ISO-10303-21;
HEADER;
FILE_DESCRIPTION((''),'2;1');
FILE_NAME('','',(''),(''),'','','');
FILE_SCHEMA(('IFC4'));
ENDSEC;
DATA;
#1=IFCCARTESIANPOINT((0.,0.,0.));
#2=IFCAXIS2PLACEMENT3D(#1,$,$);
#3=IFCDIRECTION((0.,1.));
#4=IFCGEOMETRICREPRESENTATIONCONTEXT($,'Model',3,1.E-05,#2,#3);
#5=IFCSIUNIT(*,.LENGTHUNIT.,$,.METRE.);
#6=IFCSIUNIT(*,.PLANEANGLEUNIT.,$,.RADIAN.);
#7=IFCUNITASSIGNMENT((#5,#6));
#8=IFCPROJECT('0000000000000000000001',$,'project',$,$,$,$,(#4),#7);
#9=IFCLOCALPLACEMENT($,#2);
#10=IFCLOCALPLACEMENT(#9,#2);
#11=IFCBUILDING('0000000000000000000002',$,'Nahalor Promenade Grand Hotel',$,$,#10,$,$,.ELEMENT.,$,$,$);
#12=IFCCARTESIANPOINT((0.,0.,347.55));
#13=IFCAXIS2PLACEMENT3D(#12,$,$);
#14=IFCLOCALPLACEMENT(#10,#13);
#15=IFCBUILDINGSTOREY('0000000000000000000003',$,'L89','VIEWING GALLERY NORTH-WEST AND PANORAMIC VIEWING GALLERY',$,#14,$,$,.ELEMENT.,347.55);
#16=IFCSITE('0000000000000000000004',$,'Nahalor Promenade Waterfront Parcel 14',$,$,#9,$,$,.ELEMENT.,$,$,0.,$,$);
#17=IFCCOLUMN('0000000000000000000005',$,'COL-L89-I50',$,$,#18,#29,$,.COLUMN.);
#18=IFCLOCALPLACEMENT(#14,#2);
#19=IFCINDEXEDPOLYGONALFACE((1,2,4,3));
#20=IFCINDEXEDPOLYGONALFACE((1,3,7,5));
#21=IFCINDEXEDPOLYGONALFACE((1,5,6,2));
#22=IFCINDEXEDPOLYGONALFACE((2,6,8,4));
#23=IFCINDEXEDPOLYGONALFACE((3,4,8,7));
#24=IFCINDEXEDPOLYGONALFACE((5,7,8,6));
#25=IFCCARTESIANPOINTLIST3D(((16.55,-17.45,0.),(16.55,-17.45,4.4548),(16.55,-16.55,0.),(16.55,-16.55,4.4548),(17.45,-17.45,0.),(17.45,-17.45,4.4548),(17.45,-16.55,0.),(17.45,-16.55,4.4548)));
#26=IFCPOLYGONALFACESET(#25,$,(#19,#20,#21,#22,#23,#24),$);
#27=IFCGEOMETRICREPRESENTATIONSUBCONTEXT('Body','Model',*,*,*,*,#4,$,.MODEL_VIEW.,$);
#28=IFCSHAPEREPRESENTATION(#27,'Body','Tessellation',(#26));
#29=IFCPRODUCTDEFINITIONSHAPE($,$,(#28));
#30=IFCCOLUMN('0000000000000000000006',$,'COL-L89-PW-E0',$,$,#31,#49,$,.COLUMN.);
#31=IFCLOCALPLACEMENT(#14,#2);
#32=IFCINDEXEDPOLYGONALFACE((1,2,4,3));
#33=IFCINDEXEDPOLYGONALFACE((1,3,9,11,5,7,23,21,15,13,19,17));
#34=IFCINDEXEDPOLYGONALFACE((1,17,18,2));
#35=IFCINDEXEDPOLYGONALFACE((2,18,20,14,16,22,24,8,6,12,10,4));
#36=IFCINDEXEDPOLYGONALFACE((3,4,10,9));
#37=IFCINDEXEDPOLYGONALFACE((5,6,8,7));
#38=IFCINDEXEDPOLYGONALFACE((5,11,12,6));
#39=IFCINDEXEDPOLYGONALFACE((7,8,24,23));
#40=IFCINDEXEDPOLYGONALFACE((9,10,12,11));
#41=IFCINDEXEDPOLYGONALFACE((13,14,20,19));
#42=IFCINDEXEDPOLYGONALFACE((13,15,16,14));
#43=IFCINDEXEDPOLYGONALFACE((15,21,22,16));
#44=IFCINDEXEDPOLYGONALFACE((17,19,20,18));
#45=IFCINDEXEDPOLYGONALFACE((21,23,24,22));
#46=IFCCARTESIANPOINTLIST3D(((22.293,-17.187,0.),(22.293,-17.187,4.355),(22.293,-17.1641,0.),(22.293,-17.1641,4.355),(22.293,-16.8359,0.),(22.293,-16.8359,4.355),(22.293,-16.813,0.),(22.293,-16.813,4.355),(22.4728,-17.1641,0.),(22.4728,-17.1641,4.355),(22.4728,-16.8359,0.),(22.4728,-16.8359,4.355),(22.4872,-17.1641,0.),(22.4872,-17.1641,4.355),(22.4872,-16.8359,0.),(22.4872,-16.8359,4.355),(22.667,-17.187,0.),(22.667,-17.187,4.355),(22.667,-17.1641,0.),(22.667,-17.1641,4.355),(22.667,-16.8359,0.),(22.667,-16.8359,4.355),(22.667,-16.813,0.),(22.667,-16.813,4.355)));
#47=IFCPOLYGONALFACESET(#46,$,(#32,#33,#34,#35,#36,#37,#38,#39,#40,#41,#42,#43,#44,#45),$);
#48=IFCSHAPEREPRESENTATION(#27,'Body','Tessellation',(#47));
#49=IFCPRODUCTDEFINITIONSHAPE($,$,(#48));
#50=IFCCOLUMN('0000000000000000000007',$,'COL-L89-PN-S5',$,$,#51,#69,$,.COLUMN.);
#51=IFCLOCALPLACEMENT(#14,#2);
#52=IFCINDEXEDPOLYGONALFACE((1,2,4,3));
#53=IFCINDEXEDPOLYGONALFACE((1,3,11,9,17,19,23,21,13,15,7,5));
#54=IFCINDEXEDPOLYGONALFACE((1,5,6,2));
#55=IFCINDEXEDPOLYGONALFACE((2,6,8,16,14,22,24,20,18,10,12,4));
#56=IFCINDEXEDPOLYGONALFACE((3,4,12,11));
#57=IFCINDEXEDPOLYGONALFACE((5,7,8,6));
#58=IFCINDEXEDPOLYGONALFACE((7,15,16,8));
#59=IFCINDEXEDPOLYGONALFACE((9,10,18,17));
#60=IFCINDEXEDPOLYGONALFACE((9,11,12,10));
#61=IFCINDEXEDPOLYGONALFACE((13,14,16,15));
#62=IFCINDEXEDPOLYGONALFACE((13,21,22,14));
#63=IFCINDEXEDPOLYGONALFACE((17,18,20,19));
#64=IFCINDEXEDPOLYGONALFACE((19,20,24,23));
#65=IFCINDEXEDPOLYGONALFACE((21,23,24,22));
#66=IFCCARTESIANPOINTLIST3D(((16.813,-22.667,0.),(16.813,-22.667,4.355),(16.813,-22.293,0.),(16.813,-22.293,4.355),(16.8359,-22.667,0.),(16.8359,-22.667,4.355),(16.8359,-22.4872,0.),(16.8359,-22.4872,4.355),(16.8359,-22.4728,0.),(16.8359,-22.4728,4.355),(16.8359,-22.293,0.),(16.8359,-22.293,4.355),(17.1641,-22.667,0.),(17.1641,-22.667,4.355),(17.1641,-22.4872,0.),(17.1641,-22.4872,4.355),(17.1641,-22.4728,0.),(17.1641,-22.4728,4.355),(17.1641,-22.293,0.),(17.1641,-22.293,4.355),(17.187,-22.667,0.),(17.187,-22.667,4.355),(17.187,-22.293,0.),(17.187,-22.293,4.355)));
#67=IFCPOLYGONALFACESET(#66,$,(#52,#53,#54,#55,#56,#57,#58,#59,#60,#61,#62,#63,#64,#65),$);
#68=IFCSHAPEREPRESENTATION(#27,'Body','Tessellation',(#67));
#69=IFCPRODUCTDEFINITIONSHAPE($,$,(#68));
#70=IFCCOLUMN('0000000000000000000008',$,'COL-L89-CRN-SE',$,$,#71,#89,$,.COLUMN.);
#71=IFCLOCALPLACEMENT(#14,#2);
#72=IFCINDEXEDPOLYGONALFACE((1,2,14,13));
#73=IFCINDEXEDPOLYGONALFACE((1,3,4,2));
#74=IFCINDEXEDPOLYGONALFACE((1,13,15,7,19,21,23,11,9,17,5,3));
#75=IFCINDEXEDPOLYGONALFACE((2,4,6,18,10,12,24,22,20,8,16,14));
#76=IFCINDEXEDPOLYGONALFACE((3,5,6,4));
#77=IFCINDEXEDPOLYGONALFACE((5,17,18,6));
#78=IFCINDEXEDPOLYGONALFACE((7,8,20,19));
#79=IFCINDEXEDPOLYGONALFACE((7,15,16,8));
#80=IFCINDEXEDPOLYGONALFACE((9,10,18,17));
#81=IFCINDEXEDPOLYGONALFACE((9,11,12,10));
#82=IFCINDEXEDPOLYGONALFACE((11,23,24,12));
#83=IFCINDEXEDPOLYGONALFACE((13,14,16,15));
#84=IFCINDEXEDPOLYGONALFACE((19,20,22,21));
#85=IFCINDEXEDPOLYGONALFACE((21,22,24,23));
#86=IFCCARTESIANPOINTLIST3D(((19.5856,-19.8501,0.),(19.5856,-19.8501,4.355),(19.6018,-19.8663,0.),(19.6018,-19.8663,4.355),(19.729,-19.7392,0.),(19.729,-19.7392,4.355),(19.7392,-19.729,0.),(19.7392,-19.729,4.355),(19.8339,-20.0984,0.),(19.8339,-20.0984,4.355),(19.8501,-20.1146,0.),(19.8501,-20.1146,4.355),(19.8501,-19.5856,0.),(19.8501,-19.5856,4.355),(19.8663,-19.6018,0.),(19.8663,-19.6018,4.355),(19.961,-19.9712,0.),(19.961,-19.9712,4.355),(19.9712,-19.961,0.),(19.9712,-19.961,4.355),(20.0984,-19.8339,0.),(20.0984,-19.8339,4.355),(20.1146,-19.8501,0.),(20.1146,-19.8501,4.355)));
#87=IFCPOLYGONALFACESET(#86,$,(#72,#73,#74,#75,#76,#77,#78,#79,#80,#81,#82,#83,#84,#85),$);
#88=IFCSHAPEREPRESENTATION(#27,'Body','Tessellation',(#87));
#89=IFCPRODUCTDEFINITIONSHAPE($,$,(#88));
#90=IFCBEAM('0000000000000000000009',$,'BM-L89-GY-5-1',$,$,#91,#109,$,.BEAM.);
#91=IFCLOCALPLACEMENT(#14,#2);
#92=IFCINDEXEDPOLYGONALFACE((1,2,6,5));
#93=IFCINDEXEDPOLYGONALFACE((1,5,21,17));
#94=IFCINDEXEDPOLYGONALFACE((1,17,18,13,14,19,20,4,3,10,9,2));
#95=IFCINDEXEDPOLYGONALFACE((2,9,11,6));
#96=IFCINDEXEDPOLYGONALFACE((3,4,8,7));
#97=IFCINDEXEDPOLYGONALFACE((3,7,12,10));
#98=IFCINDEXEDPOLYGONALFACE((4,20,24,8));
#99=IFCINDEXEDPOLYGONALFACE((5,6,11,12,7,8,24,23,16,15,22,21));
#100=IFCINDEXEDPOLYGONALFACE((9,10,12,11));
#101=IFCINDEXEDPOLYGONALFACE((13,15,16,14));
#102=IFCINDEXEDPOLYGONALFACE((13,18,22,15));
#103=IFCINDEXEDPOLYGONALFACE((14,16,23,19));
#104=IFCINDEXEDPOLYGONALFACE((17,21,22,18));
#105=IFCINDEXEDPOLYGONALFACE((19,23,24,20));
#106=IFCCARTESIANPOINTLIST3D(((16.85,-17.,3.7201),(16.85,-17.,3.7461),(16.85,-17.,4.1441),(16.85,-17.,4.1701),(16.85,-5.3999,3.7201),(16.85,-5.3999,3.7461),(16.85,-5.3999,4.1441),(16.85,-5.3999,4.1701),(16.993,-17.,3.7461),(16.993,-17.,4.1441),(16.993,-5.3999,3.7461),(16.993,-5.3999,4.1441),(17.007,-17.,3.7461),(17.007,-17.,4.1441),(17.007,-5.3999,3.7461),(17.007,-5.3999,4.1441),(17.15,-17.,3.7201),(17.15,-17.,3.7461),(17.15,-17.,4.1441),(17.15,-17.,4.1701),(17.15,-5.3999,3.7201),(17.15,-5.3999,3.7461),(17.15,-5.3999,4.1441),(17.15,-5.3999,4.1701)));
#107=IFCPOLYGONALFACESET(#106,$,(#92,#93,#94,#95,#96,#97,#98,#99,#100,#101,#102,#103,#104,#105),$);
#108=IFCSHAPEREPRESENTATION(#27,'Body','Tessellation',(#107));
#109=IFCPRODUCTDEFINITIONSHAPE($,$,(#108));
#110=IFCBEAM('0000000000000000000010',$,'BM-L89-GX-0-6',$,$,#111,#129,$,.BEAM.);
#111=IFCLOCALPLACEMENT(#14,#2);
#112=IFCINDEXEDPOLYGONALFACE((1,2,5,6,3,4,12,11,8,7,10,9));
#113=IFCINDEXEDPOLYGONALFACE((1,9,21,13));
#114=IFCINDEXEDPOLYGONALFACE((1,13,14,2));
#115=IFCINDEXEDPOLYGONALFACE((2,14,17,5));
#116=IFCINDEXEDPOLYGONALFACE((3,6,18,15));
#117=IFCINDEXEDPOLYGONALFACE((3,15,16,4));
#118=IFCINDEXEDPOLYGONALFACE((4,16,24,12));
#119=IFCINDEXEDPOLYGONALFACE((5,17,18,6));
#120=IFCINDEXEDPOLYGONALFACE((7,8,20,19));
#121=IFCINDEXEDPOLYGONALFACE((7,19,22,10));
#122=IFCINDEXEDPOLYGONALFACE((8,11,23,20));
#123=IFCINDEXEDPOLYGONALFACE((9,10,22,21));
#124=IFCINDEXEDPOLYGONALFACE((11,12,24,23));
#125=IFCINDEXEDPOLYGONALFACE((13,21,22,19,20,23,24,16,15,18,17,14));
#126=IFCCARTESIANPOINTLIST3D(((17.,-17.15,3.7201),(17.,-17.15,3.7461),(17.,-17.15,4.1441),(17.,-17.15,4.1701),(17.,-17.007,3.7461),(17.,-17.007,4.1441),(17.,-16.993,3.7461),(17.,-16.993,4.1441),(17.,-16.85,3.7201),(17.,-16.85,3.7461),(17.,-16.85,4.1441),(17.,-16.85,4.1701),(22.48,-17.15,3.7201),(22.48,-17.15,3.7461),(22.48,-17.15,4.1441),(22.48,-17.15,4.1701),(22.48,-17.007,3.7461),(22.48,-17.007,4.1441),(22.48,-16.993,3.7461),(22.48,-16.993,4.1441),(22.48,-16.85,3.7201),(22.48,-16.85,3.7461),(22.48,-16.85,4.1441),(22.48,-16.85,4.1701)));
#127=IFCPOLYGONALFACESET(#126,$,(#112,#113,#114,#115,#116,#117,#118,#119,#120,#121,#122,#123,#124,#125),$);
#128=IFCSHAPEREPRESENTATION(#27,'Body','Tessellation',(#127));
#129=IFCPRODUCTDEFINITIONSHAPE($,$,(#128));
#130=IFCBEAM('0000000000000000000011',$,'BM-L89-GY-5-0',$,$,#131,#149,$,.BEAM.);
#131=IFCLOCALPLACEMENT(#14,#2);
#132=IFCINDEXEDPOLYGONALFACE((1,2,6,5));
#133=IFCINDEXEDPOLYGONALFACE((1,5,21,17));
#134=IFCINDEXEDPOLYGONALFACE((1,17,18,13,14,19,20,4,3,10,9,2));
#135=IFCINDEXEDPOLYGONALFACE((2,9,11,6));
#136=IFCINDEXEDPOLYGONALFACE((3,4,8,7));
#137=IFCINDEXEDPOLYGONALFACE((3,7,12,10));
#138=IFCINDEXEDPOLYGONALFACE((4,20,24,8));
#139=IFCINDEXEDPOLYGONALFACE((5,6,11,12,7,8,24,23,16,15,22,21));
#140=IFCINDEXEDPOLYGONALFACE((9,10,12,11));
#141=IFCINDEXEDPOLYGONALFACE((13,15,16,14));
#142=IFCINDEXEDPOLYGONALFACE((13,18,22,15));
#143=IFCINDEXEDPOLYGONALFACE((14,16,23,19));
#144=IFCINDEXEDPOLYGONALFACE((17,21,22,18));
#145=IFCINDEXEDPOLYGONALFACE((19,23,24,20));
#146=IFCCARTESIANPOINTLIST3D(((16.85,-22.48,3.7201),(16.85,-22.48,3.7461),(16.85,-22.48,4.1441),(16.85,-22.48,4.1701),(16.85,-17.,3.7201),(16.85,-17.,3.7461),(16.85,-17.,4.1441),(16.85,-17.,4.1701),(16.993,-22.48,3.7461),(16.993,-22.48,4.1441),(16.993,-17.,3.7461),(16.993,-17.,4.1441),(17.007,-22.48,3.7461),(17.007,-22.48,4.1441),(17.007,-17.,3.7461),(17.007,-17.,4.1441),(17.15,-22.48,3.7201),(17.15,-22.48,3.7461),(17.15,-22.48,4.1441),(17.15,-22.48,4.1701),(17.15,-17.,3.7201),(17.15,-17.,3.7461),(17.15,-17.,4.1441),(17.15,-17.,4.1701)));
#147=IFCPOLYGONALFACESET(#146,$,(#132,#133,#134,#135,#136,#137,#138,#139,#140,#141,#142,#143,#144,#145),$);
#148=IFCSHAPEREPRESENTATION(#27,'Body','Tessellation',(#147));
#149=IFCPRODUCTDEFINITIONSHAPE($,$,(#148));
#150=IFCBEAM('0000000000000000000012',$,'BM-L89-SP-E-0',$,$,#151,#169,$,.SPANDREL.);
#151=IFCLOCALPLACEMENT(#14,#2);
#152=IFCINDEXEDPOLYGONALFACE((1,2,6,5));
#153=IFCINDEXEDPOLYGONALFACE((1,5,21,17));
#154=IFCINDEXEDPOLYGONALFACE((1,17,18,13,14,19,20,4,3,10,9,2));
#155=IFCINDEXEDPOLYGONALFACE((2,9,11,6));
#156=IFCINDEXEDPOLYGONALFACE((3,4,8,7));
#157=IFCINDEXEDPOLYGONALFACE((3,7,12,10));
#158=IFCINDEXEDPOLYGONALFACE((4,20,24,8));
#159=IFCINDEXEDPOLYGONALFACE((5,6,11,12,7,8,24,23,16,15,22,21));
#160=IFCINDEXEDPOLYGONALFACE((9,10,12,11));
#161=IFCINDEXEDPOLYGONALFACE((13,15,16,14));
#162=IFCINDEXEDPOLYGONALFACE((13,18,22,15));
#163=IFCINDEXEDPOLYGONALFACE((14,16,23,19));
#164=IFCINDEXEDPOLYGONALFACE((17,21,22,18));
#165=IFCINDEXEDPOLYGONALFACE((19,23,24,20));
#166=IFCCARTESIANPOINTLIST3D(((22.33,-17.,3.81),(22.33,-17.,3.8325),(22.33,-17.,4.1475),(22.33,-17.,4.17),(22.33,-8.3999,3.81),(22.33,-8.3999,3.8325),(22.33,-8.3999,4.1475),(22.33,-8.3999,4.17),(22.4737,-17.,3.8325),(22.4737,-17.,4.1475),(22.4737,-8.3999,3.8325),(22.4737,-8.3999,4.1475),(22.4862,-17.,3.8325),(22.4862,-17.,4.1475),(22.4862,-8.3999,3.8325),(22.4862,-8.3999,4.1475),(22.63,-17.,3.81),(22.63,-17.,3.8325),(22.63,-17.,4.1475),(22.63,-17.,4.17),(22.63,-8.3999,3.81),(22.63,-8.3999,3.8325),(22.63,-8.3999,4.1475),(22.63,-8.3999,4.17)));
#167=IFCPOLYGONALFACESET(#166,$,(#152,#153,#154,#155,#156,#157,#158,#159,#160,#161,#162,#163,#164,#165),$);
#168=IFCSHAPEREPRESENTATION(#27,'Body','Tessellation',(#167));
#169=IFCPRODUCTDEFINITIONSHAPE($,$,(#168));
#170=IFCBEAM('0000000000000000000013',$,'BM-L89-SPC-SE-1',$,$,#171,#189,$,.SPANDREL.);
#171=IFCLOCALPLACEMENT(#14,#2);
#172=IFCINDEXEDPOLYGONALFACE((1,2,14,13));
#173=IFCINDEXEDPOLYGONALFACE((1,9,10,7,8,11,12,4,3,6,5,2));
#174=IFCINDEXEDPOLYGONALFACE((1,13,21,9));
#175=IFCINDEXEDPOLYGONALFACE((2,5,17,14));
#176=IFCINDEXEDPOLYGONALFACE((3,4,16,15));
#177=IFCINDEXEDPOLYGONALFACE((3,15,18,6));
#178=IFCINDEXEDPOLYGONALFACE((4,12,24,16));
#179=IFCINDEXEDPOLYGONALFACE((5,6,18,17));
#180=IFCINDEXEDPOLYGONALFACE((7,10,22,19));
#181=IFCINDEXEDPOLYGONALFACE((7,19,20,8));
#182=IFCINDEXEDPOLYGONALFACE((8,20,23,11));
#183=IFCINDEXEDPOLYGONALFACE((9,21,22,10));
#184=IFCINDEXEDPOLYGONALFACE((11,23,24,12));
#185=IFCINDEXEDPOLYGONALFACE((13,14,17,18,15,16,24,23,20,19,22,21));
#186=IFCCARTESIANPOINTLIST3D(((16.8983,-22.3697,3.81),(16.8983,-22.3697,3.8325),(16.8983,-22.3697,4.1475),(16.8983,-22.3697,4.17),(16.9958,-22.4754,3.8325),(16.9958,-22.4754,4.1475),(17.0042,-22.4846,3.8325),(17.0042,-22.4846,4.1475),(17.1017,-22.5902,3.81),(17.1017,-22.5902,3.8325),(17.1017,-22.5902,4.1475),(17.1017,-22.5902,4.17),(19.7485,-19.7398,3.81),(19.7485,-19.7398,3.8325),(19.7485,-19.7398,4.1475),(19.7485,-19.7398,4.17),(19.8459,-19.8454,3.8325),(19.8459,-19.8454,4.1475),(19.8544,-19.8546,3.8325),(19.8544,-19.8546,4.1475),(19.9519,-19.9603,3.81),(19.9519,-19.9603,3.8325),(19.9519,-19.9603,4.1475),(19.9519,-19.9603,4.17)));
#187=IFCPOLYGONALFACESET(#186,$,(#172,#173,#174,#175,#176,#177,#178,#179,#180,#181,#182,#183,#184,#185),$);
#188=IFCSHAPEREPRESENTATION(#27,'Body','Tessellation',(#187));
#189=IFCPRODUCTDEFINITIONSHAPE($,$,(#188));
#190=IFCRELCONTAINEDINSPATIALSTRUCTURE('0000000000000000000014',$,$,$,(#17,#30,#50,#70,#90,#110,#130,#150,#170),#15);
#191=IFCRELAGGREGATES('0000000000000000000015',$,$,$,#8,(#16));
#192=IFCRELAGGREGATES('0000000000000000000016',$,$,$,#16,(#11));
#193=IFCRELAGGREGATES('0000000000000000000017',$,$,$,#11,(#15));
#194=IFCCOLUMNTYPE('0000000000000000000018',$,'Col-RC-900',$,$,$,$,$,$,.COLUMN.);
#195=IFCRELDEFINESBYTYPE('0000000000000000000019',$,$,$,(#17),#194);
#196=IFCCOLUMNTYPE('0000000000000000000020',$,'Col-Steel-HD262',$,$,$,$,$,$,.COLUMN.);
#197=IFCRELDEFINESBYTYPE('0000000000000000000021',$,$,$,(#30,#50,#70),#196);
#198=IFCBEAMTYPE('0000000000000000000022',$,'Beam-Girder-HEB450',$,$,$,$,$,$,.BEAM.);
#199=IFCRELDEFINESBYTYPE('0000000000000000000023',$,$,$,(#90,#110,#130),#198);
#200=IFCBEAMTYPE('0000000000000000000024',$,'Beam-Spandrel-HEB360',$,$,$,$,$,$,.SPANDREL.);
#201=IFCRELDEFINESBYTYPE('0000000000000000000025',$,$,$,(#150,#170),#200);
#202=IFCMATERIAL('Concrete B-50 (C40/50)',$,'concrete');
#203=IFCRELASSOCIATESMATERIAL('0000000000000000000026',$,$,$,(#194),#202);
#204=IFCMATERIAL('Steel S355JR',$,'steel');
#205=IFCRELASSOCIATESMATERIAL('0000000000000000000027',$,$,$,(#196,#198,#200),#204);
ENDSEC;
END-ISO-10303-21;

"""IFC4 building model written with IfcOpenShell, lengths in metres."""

from ifc_helpers import new_model, si_unit, direction, frame, origin, origin_2d, place, context, subcontext, project, spatial, rectangle, i_section, extrude, source, transform, mapped, material, material_profile, profile_set, type_object, element, save


model = new_model("IFC4")

# Units and contexts
model_context = context("Model", 3, precision=1e-05, world=origin(), true_north=direction((0.0, 1.0)))
body_context = subcontext(model_context, "Body", "Model", "MODEL_VIEW")
ifc_project = project(units=[si_unit("LENGTHUNIT", "METRE"), si_unit("PLANEANGLEUNIT", "RADIAN")], contexts=[model_context])

# Site, building, storey
site_placement = place(None, origin())
site = spatial("IfcSite", under=ifc_project, at=site_placement, Name="Nahalor Promenade Waterfront Parcel 14", CompositionType="ELEMENT", RefElevation=0.0)
building_placement = place(site_placement, origin())
building = spatial("IfcBuilding", under=site, at=building_placement, Name="Nahalor Promenade Grand Hotel", CompositionType="ELEMENT")
storey_placement = place(building_placement, frame((0.0, 0.0, 347.55)))
storey = spatial("IfcBuildingStorey", under=building, at=storey_placement, Name="L89", Description="VIEWING GALLERY NORTH-WEST AND PANORAMIC VIEWING GALLERY", CompositionType="ELEMENT", Elevation=347.55)

# Columns
ifc_material_1 = material(Name="Concrete B-50 (C40/50)", Category="concrete")
ifc_material_profile_1 = material_profile(ifc_material_1, rectangle(XDim=0.9, YDim=0.9, at=origin_2d()), Name="RC 900x900")
ifc_profile_set_1 = profile_set([ifc_material_profile_1], Name="Concrete B-50 (C40/50)")
column_type_1 = type_object("IfcColumnType", Name="Col-RC-900", PredefinedType="COLUMN", material=ifc_profile_set_1)
shared_shape_1 = source(origin(), body_context, "Body", "SweptSolid", [
    extrude(rectangle(XDim=0.9, YDim=0.9, at=origin_2d()), origin(), (0.0, 0.0, 1.0), 4.4548),
])
column_placement = place(storey_placement, frame((17.0, -17.0, 0.0), z_axis=(0.0, 0.0, 1.0), x_axis=(1.0, 0.0, 0.0)))
element("IfcColumn", 1, at=column_placement, inside=storey, type_object=column_type_1, Name="COL-L89-I50", PredefinedType="COLUMN", context=body_context, shape_type="MappedRepresentation", body=[
    mapped(shared_shape_1, transform((0.0, 0.0, 0.0), scale=1.0)),
])
ifc_material_2 = material(Name="Steel S355JR", Category="steel")
ifc_material_profile_2 = material_profile(ifc_material_2, i_section(OverallWidth=0.374, OverallDepth=0.374, WebThickness=0.0144, FlangeThickness=0.0229, at=origin_2d()), Name="HD 360x262")
ifc_profile_set_2 = profile_set([ifc_material_profile_2], Name="Steel S355JR")
column_type_2 = type_object("IfcColumnType", Name="Col-Steel-HD262", PredefinedType="COLUMN", material=ifc_profile_set_2)
shared_shape_2 = source(origin(), body_context, "Body", "SweptSolid", [
    extrude(i_section(OverallWidth=0.374, OverallDepth=0.374, WebThickness=0.0144, FlangeThickness=0.0229, at=origin_2d()), origin(), (0.0, 0.0, 1.0), 4.355),
])
for number, where, z_axis, x_axis, name in (
    (2, (22.48, -17.0, 0.0), (0.0, 0.0, 1.0), (1.0, 0.0, 0.0), "COL-L89-PW-E0"),
    (3, (17.0, -22.48, 0.0), (0.0, 0.0, 1.0), (0.0, 1.0, 0.0), "COL-L89-PN-S5"),
    (4, (19.8501, -19.8501, 0.0), (0.0, 0.0, 1.0), (0.707107, 0.707107, 0.0), "COL-L89-CRN-SE"),
):
    element("IfcColumn", number, at=place(storey_placement, frame(where, z_axis=z_axis, x_axis=x_axis)), inside=storey, type_object=column_type_2, Name=name, PredefinedType="COLUMN", context=body_context, shape_type="MappedRepresentation", body=[
        mapped(shared_shape_2, transform((0.0, 0.0, 0.0), scale=1.0)),
    ])

# Beams
ifc_material_profile_3 = material_profile(ifc_material_2, i_section(OverallWidth=0.3, OverallDepth=0.45, WebThickness=0.014, FlangeThickness=0.026, at=origin_2d()), Name="HEB 450")
ifc_profile_set_3 = profile_set([ifc_material_profile_3], Name="Steel S355JR")
beam_type_1 = type_object("IfcBeamType", Name="Beam-Girder-HEB450", PredefinedType="BEAM", material=ifc_profile_set_3)
shared_shape_3 = source(origin(), body_context, "Body", "SweptSolid", [
    extrude(i_section(OverallWidth=0.3, OverallDepth=0.45, WebThickness=0.014, FlangeThickness=0.026, at=origin_2d()), origin(), (0.0, 0.0, 1.0), 11.6001),
])
beam_1_placement = place(storey_placement, frame((17.0, -17.0, 3.9451), z_axis=(0.0, 1.0, 0.0), x_axis=(-1.0, 0.0, 0.0)))
element("IfcBeam", 5, at=beam_1_placement, inside=storey, type_object=beam_type_1, Name="BM-L89-GY-5-1", PredefinedType="BEAM", context=body_context, shape_type="MappedRepresentation", body=[
    mapped(shared_shape_3, transform((0.0, 0.0, 0.0), scale=1.0)),
])
shared_shape_4 = source(origin(), body_context, "Body", "SweptSolid", [
    extrude(i_section(OverallWidth=0.3, OverallDepth=0.45, WebThickness=0.014, FlangeThickness=0.026, at=origin_2d()), origin(), (0.0, 0.0, 1.0), 5.48),
])
for number, where, z_axis, x_axis, name in (
    (6, (17.0, -17.0, 3.9451), (1.0, 0.0, 0.0), (0.0, 1.0, 0.0), "BM-L89-GX-0-6"),
    (7, (17.0, -22.48, 3.9451), (0.0, 1.0, 0.0), (-1.0, 0.0, 0.0), "BM-L89-GY-5-0"),
):
    element("IfcBeam", number, at=place(storey_placement, frame(where, z_axis=z_axis, x_axis=x_axis)), inside=storey, type_object=beam_type_1, Name=name, PredefinedType="BEAM", context=body_context, shape_type="MappedRepresentation", body=[
        mapped(shared_shape_4, transform((0.0, 0.0, 0.0), scale=1.0)),
    ])
ifc_material_profile_4 = material_profile(ifc_material_2, i_section(OverallWidth=0.3, OverallDepth=0.36, WebThickness=0.0125, FlangeThickness=0.0225, at=origin_2d()), Name="HEB 360")
ifc_profile_set_4 = profile_set([ifc_material_profile_4], Name="Steel S355JR")
beam_type_2 = type_object("IfcBeamType", Name="Beam-Spandrel-HEB360", PredefinedType="SPANDREL", material=ifc_profile_set_4)
shared_shape_5 = source(origin(), body_context, "Body", "SweptSolid", [
    extrude(i_section(OverallWidth=0.3, OverallDepth=0.36, WebThickness=0.0125, FlangeThickness=0.0225, at=origin_2d()), origin(), (0.0, 0.0, 1.0), 8.6001),
])
beam_2_placement = place(storey_placement, frame((22.48, -17.0, 3.99), z_axis=(0.0, 1.0, 0.0), x_axis=(-1.0, 0.0, 0.0)))
element("IfcBeam", 8, at=beam_2_placement, inside=storey, type_object=beam_type_2, Name="BM-L89-SP-E-0", PredefinedType="SPANDREL", context=body_context, shape_type="MappedRepresentation", body=[
    mapped(shared_shape_5, transform((0.0, 0.0, 0.0), scale=1.0)),
])
shared_shape_6 = source(origin(), body_context, "Body", "SweptSolid", [
    extrude(i_section(OverallWidth=0.3, OverallDepth=0.36, WebThickness=0.0125, FlangeThickness=0.0225, at=origin_2d()), origin(), (0.0, 0.0, 1.0), 3.8782),
])
for number, where, z_axis, x_axis, name in (
    (9, (17.0, -22.48, 3.99), (0.734929, 0.678144, 0.0), (-0.678144, 0.734929, 0.0), "BM-L89-SPC-SE-1"),
):
    element("IfcBeam", number, at=place(storey_placement, frame(where, z_axis=z_axis, x_axis=x_axis)), inside=storey, type_object=beam_type_2, Name=name, PredefinedType="SPANDREL", context=body_context, shape_type="MappedRepresentation", body=[
        mapped(shared_shape_6, transform((0.0, 0.0, 0.0), scale=1.0)),
    ])

save(model, "model.ifc")
